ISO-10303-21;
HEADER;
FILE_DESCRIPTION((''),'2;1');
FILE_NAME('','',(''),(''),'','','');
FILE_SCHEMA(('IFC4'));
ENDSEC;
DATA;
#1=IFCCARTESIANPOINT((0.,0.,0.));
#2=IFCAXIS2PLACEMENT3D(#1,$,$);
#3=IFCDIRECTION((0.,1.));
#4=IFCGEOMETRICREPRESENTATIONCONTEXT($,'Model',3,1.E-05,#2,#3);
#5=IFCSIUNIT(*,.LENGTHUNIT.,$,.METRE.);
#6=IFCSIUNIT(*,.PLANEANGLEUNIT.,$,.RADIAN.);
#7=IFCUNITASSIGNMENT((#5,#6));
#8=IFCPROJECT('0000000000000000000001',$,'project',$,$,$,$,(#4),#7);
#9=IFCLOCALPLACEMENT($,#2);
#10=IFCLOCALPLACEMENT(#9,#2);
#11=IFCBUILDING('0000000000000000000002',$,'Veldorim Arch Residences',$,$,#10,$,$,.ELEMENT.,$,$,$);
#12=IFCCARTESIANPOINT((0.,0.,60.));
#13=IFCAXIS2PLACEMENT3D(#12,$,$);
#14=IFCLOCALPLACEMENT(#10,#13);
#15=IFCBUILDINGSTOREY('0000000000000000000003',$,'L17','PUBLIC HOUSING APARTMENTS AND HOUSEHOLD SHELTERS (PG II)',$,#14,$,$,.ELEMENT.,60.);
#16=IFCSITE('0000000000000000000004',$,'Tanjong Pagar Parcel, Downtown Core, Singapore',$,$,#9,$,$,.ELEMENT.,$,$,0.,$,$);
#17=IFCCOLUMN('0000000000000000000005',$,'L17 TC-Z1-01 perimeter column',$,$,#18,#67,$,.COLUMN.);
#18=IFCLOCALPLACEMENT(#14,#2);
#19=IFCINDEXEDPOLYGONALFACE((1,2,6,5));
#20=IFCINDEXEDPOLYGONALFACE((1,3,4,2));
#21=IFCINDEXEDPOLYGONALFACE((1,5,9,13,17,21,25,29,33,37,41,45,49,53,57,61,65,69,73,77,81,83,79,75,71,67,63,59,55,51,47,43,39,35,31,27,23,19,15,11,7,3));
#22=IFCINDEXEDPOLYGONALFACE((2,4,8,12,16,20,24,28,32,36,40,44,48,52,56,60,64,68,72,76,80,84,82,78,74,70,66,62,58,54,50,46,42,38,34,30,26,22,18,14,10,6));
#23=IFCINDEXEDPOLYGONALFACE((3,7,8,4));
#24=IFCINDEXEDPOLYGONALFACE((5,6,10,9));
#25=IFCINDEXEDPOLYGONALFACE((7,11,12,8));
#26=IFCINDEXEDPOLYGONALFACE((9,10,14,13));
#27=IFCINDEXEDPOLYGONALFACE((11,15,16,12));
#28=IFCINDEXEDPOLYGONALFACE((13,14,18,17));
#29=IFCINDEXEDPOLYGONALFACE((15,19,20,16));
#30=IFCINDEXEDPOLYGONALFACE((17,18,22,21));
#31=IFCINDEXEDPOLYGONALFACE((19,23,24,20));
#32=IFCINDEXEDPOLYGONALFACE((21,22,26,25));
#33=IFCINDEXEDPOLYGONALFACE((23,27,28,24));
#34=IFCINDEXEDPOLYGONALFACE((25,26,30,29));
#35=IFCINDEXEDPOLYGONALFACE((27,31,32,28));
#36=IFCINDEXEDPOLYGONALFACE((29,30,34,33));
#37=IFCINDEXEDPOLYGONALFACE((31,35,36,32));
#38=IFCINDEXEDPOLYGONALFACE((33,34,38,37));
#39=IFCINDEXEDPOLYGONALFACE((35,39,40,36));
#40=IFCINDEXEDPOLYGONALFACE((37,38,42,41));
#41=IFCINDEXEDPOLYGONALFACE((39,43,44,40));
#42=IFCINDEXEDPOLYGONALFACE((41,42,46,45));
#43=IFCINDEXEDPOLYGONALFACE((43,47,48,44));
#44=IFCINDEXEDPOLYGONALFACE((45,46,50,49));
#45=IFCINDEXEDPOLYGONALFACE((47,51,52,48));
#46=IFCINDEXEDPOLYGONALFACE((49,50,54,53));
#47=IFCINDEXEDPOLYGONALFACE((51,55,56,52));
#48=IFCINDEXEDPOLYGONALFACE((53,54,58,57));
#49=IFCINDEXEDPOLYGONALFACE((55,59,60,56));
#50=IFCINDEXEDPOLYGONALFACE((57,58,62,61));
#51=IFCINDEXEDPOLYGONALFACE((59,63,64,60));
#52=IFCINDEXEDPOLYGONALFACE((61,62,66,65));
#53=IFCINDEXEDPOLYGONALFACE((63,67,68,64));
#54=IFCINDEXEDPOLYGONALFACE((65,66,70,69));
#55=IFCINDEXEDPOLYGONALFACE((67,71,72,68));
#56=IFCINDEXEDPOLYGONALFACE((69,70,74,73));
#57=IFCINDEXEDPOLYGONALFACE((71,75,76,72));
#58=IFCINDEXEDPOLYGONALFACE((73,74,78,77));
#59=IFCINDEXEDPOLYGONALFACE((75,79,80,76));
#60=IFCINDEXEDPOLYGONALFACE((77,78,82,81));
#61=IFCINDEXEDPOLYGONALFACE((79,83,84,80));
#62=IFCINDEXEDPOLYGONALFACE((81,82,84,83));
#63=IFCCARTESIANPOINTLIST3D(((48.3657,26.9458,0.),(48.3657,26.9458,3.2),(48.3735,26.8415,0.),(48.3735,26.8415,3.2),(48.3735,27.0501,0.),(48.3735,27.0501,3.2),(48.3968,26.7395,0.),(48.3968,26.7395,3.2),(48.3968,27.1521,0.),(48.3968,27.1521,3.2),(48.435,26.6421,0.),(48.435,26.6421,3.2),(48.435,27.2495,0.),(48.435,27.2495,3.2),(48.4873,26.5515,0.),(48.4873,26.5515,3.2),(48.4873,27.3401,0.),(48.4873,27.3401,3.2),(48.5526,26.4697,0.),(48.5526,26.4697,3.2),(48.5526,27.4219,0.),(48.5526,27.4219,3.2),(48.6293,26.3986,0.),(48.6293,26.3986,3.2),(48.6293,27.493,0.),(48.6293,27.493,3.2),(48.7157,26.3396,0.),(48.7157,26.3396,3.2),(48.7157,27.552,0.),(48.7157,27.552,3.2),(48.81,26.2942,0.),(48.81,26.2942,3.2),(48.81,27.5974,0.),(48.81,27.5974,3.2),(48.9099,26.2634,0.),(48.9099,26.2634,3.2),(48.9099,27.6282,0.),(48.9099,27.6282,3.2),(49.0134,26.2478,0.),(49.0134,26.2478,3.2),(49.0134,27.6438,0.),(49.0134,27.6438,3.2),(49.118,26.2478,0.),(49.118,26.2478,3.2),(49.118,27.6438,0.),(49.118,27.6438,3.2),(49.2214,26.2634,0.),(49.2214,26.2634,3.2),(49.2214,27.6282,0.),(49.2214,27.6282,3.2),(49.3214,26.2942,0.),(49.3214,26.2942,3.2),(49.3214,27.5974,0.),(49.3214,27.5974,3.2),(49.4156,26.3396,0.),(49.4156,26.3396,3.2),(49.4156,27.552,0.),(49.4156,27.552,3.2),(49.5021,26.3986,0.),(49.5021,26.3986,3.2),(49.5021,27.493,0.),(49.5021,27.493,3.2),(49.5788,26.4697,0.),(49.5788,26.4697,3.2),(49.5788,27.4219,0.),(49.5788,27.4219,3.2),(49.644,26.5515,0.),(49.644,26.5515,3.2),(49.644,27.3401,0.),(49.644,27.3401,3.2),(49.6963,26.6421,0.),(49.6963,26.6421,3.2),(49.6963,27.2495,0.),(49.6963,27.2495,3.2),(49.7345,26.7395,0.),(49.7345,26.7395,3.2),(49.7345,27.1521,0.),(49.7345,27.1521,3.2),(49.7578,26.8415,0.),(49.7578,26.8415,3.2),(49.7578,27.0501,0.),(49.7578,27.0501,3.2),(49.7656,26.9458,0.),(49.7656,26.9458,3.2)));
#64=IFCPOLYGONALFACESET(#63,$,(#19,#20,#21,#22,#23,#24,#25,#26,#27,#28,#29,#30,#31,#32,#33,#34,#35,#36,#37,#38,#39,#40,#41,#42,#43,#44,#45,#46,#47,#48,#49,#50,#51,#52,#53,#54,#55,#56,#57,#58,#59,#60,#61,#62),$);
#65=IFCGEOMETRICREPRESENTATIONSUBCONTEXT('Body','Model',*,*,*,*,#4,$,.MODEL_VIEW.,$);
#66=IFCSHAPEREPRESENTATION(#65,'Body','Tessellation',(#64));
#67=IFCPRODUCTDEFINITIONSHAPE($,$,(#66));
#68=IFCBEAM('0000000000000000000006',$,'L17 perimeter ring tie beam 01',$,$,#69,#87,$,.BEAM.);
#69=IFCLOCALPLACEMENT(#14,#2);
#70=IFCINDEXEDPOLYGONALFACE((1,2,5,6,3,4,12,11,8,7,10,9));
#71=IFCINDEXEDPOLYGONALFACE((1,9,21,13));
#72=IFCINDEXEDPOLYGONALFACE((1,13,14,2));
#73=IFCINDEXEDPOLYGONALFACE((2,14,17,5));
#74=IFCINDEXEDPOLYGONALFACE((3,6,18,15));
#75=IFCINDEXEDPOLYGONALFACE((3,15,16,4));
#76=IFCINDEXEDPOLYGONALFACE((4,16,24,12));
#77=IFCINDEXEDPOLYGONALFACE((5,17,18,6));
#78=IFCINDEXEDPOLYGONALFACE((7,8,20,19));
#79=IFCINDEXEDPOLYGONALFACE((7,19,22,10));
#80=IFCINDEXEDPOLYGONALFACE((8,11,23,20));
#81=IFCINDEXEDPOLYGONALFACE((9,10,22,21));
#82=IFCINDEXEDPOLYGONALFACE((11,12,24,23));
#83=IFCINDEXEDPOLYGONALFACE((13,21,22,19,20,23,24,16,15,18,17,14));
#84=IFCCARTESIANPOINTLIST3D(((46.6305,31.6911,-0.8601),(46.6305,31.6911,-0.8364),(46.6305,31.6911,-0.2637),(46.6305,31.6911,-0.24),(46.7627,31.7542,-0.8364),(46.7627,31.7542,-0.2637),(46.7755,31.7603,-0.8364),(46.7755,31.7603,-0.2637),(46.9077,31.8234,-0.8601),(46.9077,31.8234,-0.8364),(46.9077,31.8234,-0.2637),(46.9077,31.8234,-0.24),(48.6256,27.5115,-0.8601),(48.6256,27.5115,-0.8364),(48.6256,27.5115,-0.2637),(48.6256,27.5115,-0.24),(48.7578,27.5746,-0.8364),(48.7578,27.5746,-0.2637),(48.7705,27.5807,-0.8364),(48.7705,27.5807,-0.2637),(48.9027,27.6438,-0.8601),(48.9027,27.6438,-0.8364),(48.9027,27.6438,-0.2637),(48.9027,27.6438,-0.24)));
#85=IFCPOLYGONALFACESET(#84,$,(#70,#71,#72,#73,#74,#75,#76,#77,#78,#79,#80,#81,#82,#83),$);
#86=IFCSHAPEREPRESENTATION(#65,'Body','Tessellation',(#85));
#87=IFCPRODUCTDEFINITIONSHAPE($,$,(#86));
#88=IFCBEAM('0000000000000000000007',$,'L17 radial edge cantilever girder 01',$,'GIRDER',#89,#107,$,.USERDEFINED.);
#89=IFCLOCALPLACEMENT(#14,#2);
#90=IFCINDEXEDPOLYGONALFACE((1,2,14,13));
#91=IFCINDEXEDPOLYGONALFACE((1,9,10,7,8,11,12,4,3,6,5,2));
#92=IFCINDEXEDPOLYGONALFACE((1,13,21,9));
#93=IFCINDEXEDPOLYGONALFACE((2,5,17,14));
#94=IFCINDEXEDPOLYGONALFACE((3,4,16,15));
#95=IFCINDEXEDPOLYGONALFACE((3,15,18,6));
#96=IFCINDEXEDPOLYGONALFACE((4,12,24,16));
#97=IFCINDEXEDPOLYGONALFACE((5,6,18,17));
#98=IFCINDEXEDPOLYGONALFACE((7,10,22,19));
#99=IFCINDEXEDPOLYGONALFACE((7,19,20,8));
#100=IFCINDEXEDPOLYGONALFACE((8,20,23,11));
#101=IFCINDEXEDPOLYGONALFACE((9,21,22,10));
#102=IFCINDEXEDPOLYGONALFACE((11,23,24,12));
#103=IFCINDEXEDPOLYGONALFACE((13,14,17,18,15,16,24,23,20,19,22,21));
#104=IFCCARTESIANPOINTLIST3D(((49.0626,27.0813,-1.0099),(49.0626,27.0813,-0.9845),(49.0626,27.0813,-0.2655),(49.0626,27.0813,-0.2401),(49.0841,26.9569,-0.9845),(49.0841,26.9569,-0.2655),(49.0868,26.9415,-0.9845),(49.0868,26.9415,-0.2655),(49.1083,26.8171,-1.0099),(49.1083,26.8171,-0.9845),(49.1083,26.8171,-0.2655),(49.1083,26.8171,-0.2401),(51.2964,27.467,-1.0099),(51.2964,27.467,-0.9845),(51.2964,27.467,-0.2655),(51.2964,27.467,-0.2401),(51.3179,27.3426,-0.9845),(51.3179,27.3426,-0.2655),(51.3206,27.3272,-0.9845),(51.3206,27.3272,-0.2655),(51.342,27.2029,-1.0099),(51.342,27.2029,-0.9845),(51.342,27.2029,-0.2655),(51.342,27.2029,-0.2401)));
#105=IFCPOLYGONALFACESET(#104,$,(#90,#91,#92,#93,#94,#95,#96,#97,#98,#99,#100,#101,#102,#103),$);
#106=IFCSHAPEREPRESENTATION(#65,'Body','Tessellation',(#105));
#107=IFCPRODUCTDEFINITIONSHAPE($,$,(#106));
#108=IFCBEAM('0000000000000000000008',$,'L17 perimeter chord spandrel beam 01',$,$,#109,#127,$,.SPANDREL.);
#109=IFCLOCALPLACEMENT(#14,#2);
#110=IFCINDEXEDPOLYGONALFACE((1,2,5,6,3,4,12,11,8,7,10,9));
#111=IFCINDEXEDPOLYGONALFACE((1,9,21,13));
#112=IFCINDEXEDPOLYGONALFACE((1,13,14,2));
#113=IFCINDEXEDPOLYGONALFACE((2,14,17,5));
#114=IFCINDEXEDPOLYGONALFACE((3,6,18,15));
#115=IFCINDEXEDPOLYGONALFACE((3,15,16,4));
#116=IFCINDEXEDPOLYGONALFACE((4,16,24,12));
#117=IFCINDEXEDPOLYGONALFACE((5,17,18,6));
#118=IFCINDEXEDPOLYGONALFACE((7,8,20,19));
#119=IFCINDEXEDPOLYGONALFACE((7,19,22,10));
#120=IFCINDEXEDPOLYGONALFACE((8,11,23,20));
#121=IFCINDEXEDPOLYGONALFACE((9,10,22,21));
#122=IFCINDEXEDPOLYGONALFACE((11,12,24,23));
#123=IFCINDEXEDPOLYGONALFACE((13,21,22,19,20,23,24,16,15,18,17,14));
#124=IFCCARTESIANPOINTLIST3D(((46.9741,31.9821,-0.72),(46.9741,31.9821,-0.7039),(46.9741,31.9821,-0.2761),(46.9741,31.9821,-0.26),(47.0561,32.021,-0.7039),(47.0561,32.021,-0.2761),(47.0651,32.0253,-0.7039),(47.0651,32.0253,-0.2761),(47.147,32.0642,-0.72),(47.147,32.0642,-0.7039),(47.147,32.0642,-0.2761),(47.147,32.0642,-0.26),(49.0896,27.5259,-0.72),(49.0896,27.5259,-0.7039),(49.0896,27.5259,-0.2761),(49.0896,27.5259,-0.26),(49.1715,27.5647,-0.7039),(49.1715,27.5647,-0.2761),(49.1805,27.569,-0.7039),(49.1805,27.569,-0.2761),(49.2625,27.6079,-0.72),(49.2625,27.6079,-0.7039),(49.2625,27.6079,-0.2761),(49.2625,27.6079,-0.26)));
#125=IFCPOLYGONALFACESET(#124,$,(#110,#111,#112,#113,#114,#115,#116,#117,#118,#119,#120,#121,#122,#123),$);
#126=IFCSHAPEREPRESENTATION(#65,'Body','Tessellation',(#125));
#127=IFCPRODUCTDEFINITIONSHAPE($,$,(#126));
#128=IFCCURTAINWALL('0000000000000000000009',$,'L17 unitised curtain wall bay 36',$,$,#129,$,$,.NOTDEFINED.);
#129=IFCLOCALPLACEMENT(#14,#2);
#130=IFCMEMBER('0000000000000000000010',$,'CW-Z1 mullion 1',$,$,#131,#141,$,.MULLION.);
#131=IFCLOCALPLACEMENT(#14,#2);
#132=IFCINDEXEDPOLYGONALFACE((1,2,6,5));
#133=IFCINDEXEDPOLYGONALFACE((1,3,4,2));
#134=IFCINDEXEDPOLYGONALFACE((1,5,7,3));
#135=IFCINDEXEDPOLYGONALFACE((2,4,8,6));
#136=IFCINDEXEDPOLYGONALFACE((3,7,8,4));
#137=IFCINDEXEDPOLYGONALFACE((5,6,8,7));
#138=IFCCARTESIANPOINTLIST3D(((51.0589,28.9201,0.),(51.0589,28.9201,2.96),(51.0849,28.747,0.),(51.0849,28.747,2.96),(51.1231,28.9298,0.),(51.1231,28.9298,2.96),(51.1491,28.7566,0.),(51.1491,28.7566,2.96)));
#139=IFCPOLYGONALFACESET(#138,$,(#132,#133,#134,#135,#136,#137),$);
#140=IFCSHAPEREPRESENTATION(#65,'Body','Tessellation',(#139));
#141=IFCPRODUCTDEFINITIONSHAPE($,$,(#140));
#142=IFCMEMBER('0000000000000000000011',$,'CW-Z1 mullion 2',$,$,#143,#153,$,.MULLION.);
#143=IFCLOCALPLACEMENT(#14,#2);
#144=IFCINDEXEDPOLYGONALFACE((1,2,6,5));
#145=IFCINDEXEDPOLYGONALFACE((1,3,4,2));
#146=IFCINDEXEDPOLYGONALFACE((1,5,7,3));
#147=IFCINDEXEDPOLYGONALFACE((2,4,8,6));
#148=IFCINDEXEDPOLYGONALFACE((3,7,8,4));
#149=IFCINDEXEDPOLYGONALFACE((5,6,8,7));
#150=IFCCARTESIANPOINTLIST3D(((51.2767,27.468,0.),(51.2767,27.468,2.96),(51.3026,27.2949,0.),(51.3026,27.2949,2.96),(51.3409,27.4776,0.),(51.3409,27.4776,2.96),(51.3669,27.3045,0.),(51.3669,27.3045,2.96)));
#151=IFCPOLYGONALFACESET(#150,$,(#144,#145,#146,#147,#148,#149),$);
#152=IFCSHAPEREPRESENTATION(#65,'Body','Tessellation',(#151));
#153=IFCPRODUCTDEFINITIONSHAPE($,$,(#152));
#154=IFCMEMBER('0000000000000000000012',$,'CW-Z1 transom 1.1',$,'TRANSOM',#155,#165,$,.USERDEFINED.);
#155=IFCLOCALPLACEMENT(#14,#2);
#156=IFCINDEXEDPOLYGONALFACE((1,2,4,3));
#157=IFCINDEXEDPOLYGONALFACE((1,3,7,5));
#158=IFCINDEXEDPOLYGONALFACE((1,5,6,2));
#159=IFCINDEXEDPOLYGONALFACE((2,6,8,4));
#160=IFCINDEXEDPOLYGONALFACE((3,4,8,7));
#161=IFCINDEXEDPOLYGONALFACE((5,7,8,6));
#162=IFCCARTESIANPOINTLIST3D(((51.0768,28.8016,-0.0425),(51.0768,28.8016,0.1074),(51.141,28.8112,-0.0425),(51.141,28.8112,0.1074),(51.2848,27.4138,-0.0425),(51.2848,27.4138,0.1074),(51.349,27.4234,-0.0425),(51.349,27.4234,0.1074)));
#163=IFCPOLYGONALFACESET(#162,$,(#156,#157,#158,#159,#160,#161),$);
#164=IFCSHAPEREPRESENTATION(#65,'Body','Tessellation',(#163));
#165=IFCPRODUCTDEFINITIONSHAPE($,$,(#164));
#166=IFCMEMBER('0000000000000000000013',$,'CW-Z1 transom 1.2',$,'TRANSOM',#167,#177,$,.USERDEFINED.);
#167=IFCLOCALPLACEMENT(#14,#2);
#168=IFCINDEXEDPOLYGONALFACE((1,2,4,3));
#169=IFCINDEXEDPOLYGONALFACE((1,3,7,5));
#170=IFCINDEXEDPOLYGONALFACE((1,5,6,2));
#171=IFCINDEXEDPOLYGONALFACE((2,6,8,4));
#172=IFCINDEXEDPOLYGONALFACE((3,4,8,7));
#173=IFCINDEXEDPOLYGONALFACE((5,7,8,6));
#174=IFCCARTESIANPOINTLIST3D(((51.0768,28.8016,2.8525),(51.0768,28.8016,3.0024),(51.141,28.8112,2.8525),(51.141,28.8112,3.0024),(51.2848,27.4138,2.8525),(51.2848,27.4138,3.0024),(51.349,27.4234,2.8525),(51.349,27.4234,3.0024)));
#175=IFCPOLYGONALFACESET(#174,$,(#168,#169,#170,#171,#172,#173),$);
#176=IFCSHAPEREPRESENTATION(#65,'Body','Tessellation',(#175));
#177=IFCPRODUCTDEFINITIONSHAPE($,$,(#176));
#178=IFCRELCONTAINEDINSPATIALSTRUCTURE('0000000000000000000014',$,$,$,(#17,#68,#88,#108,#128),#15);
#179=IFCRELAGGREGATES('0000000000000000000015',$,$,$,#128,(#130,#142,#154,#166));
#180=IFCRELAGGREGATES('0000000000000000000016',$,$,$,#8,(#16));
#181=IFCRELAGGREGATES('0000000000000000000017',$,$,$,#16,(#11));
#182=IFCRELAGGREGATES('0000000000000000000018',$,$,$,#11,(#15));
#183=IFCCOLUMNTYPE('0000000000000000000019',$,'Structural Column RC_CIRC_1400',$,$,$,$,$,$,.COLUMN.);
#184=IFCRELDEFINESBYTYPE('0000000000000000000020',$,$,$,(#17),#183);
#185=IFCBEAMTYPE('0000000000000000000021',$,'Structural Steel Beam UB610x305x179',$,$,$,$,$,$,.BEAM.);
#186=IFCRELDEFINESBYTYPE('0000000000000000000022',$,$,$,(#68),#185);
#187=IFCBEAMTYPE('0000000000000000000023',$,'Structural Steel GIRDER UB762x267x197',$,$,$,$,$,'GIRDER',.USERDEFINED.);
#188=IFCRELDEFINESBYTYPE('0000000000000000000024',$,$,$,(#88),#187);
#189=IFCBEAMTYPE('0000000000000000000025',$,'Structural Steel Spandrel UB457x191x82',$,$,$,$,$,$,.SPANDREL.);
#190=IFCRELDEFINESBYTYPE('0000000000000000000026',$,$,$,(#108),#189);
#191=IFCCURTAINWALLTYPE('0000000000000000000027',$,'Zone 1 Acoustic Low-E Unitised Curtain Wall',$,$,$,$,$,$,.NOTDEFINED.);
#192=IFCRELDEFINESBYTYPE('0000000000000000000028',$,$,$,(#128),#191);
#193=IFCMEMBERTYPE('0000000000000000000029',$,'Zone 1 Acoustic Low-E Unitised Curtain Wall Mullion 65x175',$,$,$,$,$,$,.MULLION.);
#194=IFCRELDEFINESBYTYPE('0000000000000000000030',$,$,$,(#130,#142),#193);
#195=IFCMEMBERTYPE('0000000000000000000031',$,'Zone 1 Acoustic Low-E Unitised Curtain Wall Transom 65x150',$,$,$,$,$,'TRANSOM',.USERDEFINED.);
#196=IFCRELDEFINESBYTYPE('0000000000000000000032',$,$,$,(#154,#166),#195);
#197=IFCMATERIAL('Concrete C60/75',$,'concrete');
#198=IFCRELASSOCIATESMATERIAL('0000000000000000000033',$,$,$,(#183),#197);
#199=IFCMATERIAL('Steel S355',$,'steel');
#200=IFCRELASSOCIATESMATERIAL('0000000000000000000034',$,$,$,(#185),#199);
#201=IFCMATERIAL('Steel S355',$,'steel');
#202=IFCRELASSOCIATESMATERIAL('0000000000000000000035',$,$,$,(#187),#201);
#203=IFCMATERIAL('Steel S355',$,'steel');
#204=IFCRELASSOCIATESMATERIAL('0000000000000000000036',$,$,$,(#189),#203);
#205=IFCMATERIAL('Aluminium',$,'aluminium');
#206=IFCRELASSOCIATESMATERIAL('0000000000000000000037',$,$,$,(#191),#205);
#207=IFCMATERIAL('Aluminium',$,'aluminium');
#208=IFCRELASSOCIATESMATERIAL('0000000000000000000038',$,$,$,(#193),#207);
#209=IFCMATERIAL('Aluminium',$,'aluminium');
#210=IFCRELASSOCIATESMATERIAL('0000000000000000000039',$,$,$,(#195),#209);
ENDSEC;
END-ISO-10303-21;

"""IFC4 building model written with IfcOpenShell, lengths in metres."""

from ifc_helpers import new_model, si_unit, direction, frame, origin, origin_2d, place, context, subcontext, project, spatial, rectangle, circle, i_section, extrude, material, material_profile, profile_set, type_object, element, aggregate, save


model = new_model("IFC4")

# Units and contexts
model_context = context("Model", 3, precision=1e-05, world=origin(), true_north=direction((0.0, 1.0)))
body_context = subcontext(model_context, "Body", "Model", "MODEL_VIEW")
ifc_project = project(units=[si_unit("LENGTHUNIT", "METRE"), si_unit("PLANEANGLEUNIT", "RADIAN")], contexts=[model_context])

# Site, building, storey
site_placement = place(None, origin())
site = spatial("IfcSite", under=ifc_project, at=site_placement, Name="Tanjong Pagar Parcel, Downtown Core, Singapore", CompositionType="ELEMENT", RefElevation=0.0)
building_placement = place(site_placement, origin())
building = spatial("IfcBuilding", under=site, at=building_placement, Name="Veldorim Arch Residences", CompositionType="ELEMENT")
storey_placement = place(building_placement, frame((0.0, 0.0, 60.0)))
storey = spatial("IfcBuildingStorey", under=building, at=storey_placement, Name="L17", Description="PUBLIC HOUSING APARTMENTS AND HOUSEHOLD SHELTERS (PG II)", CompositionType="ELEMENT", Elevation=60.0)

# Column
ifc_material_1 = material(Name="Concrete C60/75", Category="concrete")
ifc_material_profile_1 = material_profile(ifc_material_1, circle(Radius=0.7, at=origin_2d()), Name="RC_CIRC_1400")
ifc_profile_set_1 = profile_set([ifc_material_profile_1], Name="Concrete C60/75")
column_type = type_object("IfcColumnType", Name="Structural Column RC_CIRC_1400", PredefinedType="COLUMN", material=ifc_profile_set_1)
column_placement = place(storey_placement, frame((49.0657, 26.9458, 0.0), z_axis=(0.0, 0.0, 1.0), x_axis=(1.0, 0.0, 0.0)))
element("IfcColumn", 1, at=column_placement, inside=storey, type_object=column_type, Name="L17 TC-Z1-01 perimeter column", PredefinedType="COLUMN", context=body_context, shape_type="SweptSolid", body=[
    extrude(circle(Radius=0.7, at=origin_2d()), origin(), (0.0, 0.0, 1.0), 3.2),
])

# Beams
ifc_material_2 = material(Name="Steel S355", Category="steel")
ifc_material_profile_2 = material_profile(ifc_material_2, i_section(OverallWidth=0.3071, OverallDepth=0.6201, WebThickness=0.0142, FlangeThickness=0.0237, at=origin_2d()), Name="UB610x305x179")
ifc_profile_set_2 = profile_set([ifc_material_profile_2], Name="Steel S355")
beam_type_1 = type_object("IfcBeamType", Name="Structural Steel Beam UB610x305x179", PredefinedType="BEAM", material=ifc_profile_set_2)
beam_1_placement = place(storey_placement, frame((48.7642, 27.5776, -0.55), z_axis=(-0.430776, 0.902459, 0.0), x_axis=(-0.902459, -0.430776, 0.0)))
element("IfcBeam", 2, at=beam_1_placement, inside=storey, type_object=beam_type_1, Name="L17 perimeter ring tie beam 01", PredefinedType="BEAM", context=body_context, shape_type="SweptSolid", body=[
    extrude(i_section(OverallWidth=0.3071, OverallDepth=0.6201, WebThickness=0.0142, FlangeThickness=0.0237, at=origin_2d()), origin(), (0.0, 0.0, 1.0), 4.6313),
])
ifc_material_3 = material(Name="Steel S355", Category="steel")
ifc_material_profile_3 = material_profile(ifc_material_3, i_section(OverallWidth=0.2681, OverallDepth=0.7698, WebThickness=0.0156, FlangeThickness=0.0254, at=origin_2d()), Name="UB762x267x197")
ifc_profile_set_3 = profile_set([ifc_material_profile_3], Name="Steel S355")
beam_type_2 = type_object("IfcBeamType", Name="Structural Steel GIRDER UB762x267x197", ElementType="GIRDER", PredefinedType="USERDEFINED", material=ifc_profile_set_3)
beam_2_placement = place(storey_placement, frame((49.0854, 26.9492, -0.625), z_axis=(0.985417, 0.170159, 0.0), x_axis=(-0.170159, 0.985417, 0.0)))
element("IfcBeam", 3, at=beam_2_placement, inside=storey, type_object=beam_type_2, Name="L17 radial edge cantilever girder 01", ObjectType="GIRDER", PredefinedType="USERDEFINED", context=body_context, shape_type="SweptSolid", body=[
    extrude(i_section(OverallWidth=0.2681, OverallDepth=0.7698, WebThickness=0.0156, FlangeThickness=0.0254, at=origin_2d()), origin(), (0.0, 0.0, 1.0), 2.2668),
])
ifc_material_4 = material(Name="Steel S355", Category="steel")
ifc_material_profile_4 = material_profile(ifc_material_4, i_section(OverallWidth=0.1914, OverallDepth=0.46, WebThickness=0.01, FlangeThickness=0.0161, at=origin_2d()), Name="UB457x191x82")
ifc_profile_set_4 = profile_set([ifc_material_profile_4], Name="Steel S355")
beam_type_3 = type_object("IfcBeamType", Name="Structural Steel Spandrel UB457x191x82", PredefinedType="SPANDREL", material=ifc_profile_set_4)
beam_3_placement = place(storey_placement, frame((49.176, 27.5669, -0.49), z_axis=(-0.428848, 0.903377, 0.0), x_axis=(-0.903377, -0.428848, 0.0)))
element("IfcBeam", 4, at=beam_3_placement, inside=storey, type_object=beam_type_3, Name="L17 perimeter chord spandrel beam 01", PredefinedType="SPANDREL", context=body_context, shape_type="SweptSolid", body=[
    extrude(i_section(OverallWidth=0.1914, OverallDepth=0.46, WebThickness=0.01, FlangeThickness=0.0161, at=origin_2d()), origin(), (0.0, 0.0, 1.0), 4.9329),
])

# Curtain wall, members
ifc_material_5 = material(Name="Aluminium", Category="aluminium")
curtain_wall_type = type_object("IfcCurtainWallType", Name="Zone 1 Acoustic Low-E Unitised Curtain Wall", PredefinedType="NOTDEFINED", material=ifc_material_5)
curtain_wall_placement = place(storey_placement, origin())
curtain_wall = element("IfcCurtainWall", 5, at=curtain_wall_placement, inside=storey, type_object=curtain_wall_type, Name="L17 unitised curtain wall bay 36", PredefinedType="NOTDEFINED")
ifc_material_6 = material(Name="Aluminium", Category="aluminium")
ifc_material_profile_5 = material_profile(ifc_material_6, rectangle(XDim=0.0649, YDim=0.175, at=origin_2d()), Name="ALU_MUL_65x175")
ifc_profile_set_5 = profile_set([ifc_material_profile_5], Name="Aluminium")
member_type_1 = type_object("IfcMemberType", Name="Zone 1 Acoustic Low-E Unitised Curtain Wall Mullion 65x175", PredefinedType="MULLION", material=ifc_profile_set_5)
member_1_placement = place(storey_placement, frame((51.104, 28.8384, 0.0), z_axis=(0.0, 0.0, 1.0), x_axis=(0.988941, 0.148306, 0.0)))
member_1 = element("IfcMember", 6, at=member_1_placement, type_object=member_type_1, Name="CW-Z1 mullion 1", PredefinedType="MULLION", context=body_context, shape_type="SweptSolid", body=[
    extrude(rectangle(XDim=0.0649, YDim=0.175, at=origin_2d()), origin(), (0.0, 0.0, 1.0), 2.96),
])
member_2_placement = place(storey_placement, frame((51.3218, 27.3862, 0.0), z_axis=(0.0, 0.0, 1.0), x_axis=(0.988941, 0.148306, 0.0)))
member_2 = element("IfcMember", 7, at=member_2_placement, type_object=member_type_1, Name="CW-Z1 mullion 2", PredefinedType="MULLION", context=body_context, shape_type="SweptSolid", body=[
    extrude(rectangle(XDim=0.0649, YDim=0.175, at=origin_2d()), origin(), (0.0, 0.0, 1.0), 2.96),
])
ifc_material_7 = material(Name="Aluminium", Category="aluminium")
ifc_material_profile_6 = material_profile(ifc_material_7, rectangle(XDim=0.0649, YDim=0.1499, at=origin_2d()), Name="ALU_TRN_65x150")
ifc_profile_set_6 = profile_set([ifc_material_profile_6], Name="Aluminium")
member_type_2 = type_object("IfcMemberType", Name="Zone 1 Acoustic Low-E Unitised Curtain Wall Transom 65x150", ElementType="TRANSOM", PredefinedType="USERDEFINED", material=ifc_profile_set_6)
member_3_placement = place(storey_placement, frame((51.1089, 28.8064, 0.0325), z_axis=(0.148213, -0.988955, 0.0), x_axis=(0.988955, 0.148213, 0.0)))
member_3 = element("IfcMember", 8, at=member_3_placement, type_object=member_type_2, Name="CW-Z1 transom 1.1", ObjectType="TRANSOM", PredefinedType="USERDEFINED", context=body_context, shape_type="SweptSolid", body=[
    extrude(rectangle(XDim=0.0649, YDim=0.1499, at=origin_2d()), origin(), (0.0, 0.0, 1.0), 1.4033),
])
member_4_placement = place(storey_placement, frame((51.1089, 28.8064, 2.9275), z_axis=(0.148213, -0.988955, 0.0), x_axis=(0.988955, 0.148213, 0.0)))
member_4 = element("IfcMember", 9, at=member_4_placement, type_object=member_type_2, Name="CW-Z1 transom 1.2", ObjectType="TRANSOM", PredefinedType="USERDEFINED", context=body_context, shape_type="SweptSolid", body=[
    extrude(rectangle(XDim=0.0649, YDim=0.1499, at=origin_2d()), origin(), (0.0, 0.0, 1.0), 1.4033),
])
aggregate(curtain_wall, [member_1, member_2, member_3, member_4])

save(model, "model.ifc")
